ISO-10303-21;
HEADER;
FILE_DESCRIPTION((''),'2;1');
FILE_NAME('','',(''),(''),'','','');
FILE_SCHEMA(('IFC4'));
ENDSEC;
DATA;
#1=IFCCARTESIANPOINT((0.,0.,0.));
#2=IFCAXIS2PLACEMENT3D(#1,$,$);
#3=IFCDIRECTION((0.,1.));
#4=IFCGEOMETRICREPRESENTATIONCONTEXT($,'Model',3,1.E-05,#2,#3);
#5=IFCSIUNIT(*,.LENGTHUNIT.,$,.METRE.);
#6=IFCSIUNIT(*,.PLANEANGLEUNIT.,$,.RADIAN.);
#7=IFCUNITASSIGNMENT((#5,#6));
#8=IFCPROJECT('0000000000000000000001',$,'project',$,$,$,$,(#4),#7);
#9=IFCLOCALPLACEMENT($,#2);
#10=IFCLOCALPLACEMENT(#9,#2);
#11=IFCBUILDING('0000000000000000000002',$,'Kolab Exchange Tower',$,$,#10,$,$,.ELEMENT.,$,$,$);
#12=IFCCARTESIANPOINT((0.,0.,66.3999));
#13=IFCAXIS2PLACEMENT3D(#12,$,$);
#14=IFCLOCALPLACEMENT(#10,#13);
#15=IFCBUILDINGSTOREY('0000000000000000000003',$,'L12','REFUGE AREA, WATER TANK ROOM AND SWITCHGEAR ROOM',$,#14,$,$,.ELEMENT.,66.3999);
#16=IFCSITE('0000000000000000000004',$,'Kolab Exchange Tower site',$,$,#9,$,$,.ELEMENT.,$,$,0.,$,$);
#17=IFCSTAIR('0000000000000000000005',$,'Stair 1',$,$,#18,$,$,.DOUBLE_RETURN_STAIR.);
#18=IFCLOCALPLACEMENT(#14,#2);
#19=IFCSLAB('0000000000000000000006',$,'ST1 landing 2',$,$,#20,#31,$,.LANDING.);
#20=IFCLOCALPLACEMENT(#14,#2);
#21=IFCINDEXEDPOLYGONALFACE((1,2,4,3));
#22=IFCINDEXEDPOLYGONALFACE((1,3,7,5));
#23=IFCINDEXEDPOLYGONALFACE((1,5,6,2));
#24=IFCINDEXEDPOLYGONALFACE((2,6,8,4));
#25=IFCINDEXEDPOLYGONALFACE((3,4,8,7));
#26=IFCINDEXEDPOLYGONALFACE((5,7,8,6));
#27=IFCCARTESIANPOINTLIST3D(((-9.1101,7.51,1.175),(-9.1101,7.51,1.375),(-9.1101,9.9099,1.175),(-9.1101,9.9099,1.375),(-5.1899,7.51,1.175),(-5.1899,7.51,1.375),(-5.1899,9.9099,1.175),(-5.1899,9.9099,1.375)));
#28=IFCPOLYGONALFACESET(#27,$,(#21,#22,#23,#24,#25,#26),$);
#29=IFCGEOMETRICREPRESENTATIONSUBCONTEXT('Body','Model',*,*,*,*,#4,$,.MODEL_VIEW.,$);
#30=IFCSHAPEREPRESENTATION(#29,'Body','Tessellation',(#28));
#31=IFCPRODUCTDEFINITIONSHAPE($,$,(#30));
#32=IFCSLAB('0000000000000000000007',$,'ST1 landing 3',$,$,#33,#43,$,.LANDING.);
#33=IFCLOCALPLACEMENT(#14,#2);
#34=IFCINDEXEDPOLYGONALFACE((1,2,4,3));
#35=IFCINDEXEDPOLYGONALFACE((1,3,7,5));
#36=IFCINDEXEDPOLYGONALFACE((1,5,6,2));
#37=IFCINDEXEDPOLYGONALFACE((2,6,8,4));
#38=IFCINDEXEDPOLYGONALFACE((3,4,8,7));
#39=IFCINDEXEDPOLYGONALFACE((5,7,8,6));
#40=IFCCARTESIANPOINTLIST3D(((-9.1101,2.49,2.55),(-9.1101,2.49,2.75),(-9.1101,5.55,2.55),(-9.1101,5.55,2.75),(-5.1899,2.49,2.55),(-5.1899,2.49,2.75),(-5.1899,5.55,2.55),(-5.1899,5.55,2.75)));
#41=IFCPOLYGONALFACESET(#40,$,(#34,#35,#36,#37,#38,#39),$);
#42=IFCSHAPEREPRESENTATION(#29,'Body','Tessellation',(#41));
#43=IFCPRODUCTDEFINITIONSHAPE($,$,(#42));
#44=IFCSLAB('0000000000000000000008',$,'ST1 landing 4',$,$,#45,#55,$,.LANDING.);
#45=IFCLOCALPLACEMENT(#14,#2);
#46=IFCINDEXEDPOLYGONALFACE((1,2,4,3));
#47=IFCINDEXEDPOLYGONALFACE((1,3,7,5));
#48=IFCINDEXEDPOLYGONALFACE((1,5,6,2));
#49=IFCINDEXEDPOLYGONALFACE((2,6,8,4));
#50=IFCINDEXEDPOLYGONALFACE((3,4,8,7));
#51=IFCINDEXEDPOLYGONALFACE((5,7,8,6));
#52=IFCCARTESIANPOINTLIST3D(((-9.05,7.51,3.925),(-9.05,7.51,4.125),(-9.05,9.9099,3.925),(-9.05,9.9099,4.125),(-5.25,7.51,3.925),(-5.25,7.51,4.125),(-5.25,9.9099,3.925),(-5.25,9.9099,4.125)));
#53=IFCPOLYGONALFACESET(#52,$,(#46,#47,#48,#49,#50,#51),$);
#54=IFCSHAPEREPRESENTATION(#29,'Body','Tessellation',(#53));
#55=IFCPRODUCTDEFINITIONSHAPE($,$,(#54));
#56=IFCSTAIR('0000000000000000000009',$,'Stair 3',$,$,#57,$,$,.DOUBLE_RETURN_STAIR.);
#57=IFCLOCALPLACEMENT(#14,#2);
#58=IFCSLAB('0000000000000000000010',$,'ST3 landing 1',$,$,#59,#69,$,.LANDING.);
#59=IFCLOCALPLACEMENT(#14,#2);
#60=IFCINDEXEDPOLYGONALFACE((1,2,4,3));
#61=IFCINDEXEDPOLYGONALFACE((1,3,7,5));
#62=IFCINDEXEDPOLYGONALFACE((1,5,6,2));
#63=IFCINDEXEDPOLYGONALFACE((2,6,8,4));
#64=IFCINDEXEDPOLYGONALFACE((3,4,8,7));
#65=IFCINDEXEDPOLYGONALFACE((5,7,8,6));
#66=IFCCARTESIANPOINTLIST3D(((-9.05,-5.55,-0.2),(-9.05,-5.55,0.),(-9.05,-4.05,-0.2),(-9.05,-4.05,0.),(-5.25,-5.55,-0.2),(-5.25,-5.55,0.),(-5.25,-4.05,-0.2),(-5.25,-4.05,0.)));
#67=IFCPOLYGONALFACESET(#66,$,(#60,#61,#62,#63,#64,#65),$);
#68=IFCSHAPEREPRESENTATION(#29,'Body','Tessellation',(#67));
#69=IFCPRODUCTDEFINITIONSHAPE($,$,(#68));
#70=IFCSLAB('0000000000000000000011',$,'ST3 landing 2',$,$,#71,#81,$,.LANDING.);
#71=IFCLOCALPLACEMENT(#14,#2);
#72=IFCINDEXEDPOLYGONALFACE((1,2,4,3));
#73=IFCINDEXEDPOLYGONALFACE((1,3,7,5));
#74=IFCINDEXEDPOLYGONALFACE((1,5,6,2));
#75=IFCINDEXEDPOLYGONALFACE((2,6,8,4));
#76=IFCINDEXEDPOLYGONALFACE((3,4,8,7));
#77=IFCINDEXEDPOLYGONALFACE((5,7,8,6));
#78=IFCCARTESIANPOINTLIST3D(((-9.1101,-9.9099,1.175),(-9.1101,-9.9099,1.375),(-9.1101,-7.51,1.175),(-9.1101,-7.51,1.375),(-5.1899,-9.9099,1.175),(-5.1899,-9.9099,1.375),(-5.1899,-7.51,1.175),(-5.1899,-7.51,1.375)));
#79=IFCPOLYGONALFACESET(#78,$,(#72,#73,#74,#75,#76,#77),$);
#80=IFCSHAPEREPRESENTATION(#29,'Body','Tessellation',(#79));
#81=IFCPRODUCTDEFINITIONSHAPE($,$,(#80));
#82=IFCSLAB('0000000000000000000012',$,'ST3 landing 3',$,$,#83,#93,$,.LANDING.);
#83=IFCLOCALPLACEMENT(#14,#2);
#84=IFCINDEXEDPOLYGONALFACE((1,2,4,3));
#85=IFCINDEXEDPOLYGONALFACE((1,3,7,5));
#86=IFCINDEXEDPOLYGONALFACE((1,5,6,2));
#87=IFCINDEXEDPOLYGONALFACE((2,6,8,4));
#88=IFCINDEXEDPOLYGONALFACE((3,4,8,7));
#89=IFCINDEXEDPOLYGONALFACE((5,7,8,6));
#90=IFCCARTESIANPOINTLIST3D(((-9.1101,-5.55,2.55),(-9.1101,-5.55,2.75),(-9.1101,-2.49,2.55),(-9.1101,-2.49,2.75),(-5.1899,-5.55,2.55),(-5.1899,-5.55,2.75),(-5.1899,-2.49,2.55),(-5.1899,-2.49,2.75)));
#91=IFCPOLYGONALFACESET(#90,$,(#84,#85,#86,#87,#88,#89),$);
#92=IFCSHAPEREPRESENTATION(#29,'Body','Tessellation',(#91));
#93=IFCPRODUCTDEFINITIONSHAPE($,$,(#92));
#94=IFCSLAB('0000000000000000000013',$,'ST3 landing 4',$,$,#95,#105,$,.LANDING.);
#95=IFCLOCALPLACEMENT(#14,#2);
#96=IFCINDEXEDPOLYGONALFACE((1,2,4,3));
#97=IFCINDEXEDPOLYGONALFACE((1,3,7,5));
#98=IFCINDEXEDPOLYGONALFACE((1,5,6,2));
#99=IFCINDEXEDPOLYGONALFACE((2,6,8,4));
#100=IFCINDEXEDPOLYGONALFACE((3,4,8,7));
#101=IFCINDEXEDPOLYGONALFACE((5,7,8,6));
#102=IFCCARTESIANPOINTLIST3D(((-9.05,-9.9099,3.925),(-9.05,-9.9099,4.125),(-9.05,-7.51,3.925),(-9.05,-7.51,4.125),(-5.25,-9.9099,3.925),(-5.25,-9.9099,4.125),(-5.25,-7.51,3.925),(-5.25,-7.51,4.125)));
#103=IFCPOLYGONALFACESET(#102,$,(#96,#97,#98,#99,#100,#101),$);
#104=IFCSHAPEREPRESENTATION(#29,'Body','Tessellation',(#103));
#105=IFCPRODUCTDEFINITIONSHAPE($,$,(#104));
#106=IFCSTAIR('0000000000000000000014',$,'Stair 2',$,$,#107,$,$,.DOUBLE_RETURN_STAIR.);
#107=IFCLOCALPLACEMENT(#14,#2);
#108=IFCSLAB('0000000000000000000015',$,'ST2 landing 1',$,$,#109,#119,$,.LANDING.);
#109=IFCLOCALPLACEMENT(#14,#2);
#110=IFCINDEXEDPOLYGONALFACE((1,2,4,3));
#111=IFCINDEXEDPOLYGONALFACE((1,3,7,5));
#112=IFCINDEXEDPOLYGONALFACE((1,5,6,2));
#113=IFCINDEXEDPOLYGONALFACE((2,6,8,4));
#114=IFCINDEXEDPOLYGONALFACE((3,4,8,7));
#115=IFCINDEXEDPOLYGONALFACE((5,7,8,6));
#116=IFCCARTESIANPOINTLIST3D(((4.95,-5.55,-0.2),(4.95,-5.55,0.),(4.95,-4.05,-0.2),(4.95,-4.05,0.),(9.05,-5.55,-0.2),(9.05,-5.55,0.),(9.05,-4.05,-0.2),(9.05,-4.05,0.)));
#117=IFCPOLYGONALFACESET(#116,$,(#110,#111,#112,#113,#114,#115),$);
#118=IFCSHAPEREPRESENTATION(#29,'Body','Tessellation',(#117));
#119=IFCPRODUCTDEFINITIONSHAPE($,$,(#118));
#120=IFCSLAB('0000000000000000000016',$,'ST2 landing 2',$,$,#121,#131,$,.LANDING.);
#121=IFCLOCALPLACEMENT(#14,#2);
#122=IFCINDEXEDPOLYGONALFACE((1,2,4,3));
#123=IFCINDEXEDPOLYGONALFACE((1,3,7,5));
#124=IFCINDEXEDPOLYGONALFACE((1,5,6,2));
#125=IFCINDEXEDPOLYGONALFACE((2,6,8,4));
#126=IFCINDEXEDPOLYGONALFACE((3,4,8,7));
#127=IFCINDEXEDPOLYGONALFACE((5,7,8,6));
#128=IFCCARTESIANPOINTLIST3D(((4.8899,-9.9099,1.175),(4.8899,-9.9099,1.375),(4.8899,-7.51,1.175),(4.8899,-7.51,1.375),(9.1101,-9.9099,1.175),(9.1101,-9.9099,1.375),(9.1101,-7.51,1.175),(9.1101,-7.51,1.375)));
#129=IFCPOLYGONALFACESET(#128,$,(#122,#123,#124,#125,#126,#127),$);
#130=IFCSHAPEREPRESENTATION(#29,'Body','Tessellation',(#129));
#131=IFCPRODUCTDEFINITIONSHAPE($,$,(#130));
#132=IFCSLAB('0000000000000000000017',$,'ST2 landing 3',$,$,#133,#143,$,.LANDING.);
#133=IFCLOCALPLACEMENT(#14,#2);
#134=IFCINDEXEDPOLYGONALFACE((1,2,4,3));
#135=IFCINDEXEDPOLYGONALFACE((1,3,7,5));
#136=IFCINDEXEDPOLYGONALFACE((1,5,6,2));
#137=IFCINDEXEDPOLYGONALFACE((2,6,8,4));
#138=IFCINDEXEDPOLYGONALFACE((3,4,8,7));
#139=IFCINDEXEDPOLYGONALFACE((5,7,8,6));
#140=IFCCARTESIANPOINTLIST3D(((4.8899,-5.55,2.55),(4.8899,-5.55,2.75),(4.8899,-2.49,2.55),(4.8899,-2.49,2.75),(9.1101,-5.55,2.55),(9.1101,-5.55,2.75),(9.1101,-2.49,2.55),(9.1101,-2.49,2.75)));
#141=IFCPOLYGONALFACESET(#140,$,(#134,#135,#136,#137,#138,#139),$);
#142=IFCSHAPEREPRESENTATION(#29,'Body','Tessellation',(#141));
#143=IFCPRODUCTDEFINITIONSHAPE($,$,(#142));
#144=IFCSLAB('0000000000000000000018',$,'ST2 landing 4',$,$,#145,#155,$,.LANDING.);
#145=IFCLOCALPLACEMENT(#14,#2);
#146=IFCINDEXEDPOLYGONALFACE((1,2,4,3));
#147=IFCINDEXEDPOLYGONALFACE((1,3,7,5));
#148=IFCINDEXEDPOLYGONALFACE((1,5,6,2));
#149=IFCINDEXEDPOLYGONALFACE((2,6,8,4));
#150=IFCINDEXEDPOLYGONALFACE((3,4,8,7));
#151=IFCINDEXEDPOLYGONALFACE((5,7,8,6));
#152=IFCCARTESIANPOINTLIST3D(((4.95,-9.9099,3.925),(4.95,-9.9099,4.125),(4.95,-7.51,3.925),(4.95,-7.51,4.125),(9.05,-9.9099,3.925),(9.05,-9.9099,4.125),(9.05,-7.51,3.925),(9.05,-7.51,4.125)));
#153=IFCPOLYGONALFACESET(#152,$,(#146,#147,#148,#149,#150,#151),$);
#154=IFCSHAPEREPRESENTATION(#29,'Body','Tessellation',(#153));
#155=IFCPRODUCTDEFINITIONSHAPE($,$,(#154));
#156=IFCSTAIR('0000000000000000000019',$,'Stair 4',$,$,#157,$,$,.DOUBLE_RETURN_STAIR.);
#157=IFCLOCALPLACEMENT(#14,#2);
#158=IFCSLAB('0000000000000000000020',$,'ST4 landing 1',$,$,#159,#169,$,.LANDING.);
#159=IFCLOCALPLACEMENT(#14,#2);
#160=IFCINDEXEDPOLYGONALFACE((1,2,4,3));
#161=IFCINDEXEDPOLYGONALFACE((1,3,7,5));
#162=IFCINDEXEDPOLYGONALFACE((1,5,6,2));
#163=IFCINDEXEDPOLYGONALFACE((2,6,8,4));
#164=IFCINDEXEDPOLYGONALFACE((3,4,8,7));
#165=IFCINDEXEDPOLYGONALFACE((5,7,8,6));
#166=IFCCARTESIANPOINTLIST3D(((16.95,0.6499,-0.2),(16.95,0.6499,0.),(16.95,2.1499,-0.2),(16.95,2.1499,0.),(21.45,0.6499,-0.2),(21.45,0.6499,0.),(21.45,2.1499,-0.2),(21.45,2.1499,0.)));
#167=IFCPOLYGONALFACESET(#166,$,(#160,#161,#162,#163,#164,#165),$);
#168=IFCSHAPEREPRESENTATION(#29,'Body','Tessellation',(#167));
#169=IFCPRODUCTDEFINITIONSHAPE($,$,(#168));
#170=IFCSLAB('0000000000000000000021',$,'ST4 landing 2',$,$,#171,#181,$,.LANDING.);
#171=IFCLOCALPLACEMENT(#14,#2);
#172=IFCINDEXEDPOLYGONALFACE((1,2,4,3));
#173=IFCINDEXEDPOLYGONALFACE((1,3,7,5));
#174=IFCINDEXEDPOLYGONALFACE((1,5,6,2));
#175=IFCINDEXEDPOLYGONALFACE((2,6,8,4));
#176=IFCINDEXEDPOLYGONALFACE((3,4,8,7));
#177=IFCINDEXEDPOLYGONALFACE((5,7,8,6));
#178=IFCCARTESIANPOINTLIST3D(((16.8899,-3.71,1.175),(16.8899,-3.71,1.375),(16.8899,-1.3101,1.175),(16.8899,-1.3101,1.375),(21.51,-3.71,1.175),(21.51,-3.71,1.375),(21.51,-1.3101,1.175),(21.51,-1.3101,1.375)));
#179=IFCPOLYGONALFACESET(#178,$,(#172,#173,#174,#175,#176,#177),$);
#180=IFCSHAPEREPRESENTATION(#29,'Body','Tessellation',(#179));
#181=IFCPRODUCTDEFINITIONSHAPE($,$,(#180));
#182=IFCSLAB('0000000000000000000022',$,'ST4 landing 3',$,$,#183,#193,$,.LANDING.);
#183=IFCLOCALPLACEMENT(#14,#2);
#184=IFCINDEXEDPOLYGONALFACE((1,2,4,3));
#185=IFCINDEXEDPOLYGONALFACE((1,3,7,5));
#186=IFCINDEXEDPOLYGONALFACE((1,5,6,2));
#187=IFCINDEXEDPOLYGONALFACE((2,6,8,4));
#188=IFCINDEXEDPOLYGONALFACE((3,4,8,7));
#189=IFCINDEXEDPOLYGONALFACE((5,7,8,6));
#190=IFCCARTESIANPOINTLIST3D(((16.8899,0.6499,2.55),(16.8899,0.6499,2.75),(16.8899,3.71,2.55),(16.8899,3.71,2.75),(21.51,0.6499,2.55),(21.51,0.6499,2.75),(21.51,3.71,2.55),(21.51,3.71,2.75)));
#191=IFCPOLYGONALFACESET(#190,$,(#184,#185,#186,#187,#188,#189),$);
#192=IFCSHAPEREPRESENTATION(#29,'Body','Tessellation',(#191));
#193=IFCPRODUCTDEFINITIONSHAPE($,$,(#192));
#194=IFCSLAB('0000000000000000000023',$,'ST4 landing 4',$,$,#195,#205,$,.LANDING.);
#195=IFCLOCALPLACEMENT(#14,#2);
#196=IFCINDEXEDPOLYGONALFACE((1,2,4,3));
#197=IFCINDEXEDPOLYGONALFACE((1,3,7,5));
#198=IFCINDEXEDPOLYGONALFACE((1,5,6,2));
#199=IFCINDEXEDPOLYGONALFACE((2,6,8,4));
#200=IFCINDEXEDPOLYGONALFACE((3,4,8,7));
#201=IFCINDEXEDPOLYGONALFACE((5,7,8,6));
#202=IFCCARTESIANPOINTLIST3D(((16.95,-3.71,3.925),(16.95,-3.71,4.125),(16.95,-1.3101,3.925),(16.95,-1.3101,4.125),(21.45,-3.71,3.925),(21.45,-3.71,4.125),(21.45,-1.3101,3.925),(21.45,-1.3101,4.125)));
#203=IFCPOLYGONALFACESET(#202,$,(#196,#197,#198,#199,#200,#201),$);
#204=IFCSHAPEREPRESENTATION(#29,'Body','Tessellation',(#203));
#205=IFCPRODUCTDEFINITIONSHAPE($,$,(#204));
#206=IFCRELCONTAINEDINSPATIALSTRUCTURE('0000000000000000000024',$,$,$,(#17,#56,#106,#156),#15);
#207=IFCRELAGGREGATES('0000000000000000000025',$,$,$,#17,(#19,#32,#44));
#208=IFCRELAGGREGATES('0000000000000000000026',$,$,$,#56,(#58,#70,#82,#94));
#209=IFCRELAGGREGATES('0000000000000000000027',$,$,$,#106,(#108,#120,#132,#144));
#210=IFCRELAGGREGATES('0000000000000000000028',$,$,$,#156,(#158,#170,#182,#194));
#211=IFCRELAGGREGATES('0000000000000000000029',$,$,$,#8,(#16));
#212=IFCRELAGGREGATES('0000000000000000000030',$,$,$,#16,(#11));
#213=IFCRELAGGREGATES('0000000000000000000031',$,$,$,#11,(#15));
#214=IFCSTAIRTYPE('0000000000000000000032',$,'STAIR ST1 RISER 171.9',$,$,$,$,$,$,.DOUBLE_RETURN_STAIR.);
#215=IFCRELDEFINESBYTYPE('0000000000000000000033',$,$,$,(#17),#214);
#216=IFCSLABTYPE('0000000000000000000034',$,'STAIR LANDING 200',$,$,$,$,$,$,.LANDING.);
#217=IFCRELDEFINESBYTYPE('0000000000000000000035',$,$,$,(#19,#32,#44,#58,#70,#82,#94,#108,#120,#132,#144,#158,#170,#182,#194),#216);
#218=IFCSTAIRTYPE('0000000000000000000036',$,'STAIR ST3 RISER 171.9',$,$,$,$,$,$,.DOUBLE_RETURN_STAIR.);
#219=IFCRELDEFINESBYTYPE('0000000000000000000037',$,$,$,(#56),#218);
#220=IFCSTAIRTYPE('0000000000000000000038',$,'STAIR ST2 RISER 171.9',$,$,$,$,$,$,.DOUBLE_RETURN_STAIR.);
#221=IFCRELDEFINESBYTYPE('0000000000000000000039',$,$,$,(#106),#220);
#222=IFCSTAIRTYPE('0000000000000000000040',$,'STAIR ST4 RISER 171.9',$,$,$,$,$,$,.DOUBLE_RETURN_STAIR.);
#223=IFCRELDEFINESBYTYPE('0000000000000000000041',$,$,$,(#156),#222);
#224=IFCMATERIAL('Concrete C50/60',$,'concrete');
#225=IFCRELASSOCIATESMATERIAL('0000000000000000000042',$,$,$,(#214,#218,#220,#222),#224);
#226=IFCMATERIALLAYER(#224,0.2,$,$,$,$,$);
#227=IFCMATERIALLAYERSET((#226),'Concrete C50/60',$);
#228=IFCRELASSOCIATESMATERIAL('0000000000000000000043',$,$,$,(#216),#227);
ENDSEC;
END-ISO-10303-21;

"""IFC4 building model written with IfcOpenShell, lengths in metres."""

from ifc_helpers import new_model, si_unit, direction, frame, origin, place, context, subcontext, project, spatial, polyline, outline, extrude, material, layer, layer_set, type_object, element, aggregate, save


model = new_model("IFC4")

# Units and contexts
model_context = context("Model", 3, precision=1e-05, world=origin(), true_north=direction((0.0, 1.0)))
body_context = subcontext(model_context, "Body", "Model", "MODEL_VIEW")
ifc_project = project(units=[si_unit("LENGTHUNIT", "METRE"), si_unit("PLANEANGLEUNIT", "RADIAN")], contexts=[model_context])

# Site, building, storey
site_placement = place(None, origin())
site = spatial("IfcSite", under=ifc_project, at=site_placement, Name="Kolab Exchange Tower site", CompositionType="ELEMENT", RefElevation=0.0)
building_placement = place(site_placement, origin())
building = spatial("IfcBuilding", under=site, at=building_placement, Name="Kolab Exchange Tower", CompositionType="ELEMENT")
storey_placement = place(building_placement, frame((0.0, 0.0, 66.3999)))
storey = spatial("IfcBuildingStorey", under=building, at=storey_placement, Name="L12", Description="REFUGE AREA, WATER TANK ROOM AND SWITCHGEAR ROOM", CompositionType="ELEMENT", Elevation=66.3999)

# Stairs, slabs
ifc_material = material(Name="Concrete C50/60", Category="concrete")
stair_type_1 = type_object("IfcStairType", Name="STAIR ST1 RISER 171.9", PredefinedType="DOUBLE_RETURN_STAIR", material=ifc_material)
stair_1_placement = place(storey_placement, origin())
stair_1 = element("IfcStair", 1, at=stair_1_placement, inside=storey, type_object=stair_type_1, Name="Stair 1", PredefinedType="DOUBLE_RETURN_STAIR")
ifc_layer_1 = layer(ifc_material, 0.2)
ifc_layer_set_1 = layer_set([ifc_layer_1], Name="Concrete C50/60")
slab_type = type_object("IfcSlabType", Name="STAIR LANDING 200", PredefinedType="LANDING", material=ifc_layer_set_1)
slab_1_placement = place(storey_placement, frame((0.0, 0.0, 1.175)))
slab_1 = element("IfcSlab", 2, at=slab_1_placement, type_object=slab_type, Name="ST1 landing 2", PredefinedType="LANDING", context=body_context, shape_type="SweptSolid", body=[
    extrude(outline(polyline([(-9.1101, 7.51), (-5.1899, 7.51), (-5.1899, 9.9099), (-9.1101, 9.9099), (-9.1101, 7.51)])), origin(), (0.0, 0.0, 1.0), 0.2),
])
slab_2_placement = place(storey_placement, frame((0.0, 0.0, 2.55)))
slab_2 = element("IfcSlab", 3, at=slab_2_placement, type_object=slab_type, Name="ST1 landing 3", PredefinedType="LANDING", context=body_context, shape_type="SweptSolid", body=[
    extrude(outline(polyline([(-9.1101, 2.49), (-5.1899, 2.49), (-5.1899, 5.55), (-9.1101, 5.55), (-9.1101, 2.49)])), origin(), (0.0, 0.0, 1.0), 0.2),
])
slab_3_placement = place(storey_placement, frame((0.0, 0.0, 3.925)))
slab_3 = element("IfcSlab", 4, at=slab_3_placement, type_object=slab_type, Name="ST1 landing 4", PredefinedType="LANDING", context=body_context, shape_type="SweptSolid", body=[
    extrude(outline(polyline([(-9.05, 7.51), (-5.25, 7.51), (-5.25, 9.9099), (-9.05, 9.9099), (-9.05, 7.51)])), origin(), (0.0, 0.0, 1.0), 0.2),
])
aggregate(stair_1, [slab_1, slab_2, slab_3])
stair_type_2 = type_object("IfcStairType", Name="STAIR ST3 RISER 171.9", PredefinedType="DOUBLE_RETURN_STAIR", material=ifc_material)
stair_2_placement = place(storey_placement, origin())
stair_2 = element("IfcStair", 5, at=stair_2_placement, inside=storey, type_object=stair_type_2, Name="Stair 3", PredefinedType="DOUBLE_RETURN_STAIR")
slab_4_placement = place(storey_placement, frame((0.0, 0.0, -0.2)))
slab_4 = element("IfcSlab", 6, at=slab_4_placement, type_object=slab_type, Name="ST3 landing 1", PredefinedType="LANDING", context=body_context, shape_type="SweptSolid", body=[
    extrude(outline(polyline([(-9.05, -5.55), (-5.25, -5.55), (-5.25, -4.05), (-9.05, -4.05), (-9.05, -5.55)])), origin(), (0.0, 0.0, 1.0), 0.2),
])
slab_5_placement = place(storey_placement, frame((0.0, 0.0, 1.175)))
slab_5 = element("IfcSlab", 7, at=slab_5_placement, type_object=slab_type, Name="ST3 landing 2", PredefinedType="LANDING", context=body_context, shape_type="SweptSolid", body=[
    extrude(outline(polyline([(-9.1101, -9.9099), (-5.1899, -9.9099), (-5.1899, -7.51), (-9.1101, -7.51), (-9.1101, -9.9099)])), origin(), (0.0, 0.0, 1.0), 0.2),
])
slab_6_placement = place(storey_placement, frame((0.0, 0.0, 2.55)))
slab_6 = element("IfcSlab", 8, at=slab_6_placement, type_object=slab_type, Name="ST3 landing 3", PredefinedType="LANDING", context=body_context, shape_type="SweptSolid", body=[
    extrude(outline(polyline([(-9.1101, -5.55), (-5.1899, -5.55), (-5.1899, -2.49), (-9.1101, -2.49), (-9.1101, -5.55)])), origin(), (0.0, 0.0, 1.0), 0.2),
])
slab_7_placement = place(storey_placement, frame((0.0, 0.0, 3.925)))
slab_7 = element("IfcSlab", 9, at=slab_7_placement, type_object=slab_type, Name="ST3 landing 4", PredefinedType="LANDING", context=body_context, shape_type="SweptSolid", body=[
    extrude(outline(polyline([(-9.05, -9.9099), (-5.25, -9.9099), (-5.25, -7.51), (-9.05, -7.51), (-9.05, -9.9099)])), origin(), (0.0, 0.0, 1.0), 0.2),
])
aggregate(stair_2, [slab_4, slab_5, slab_6, slab_7])
stair_type_3 = type_object("IfcStairType", Name="STAIR ST2 RISER 171.9", PredefinedType="DOUBLE_RETURN_STAIR", material=ifc_material)
stair_3_placement = place(storey_placement, origin())
stair_3 = element("IfcStair", 10, at=stair_3_placement, inside=storey, type_object=stair_type_3, Name="Stair 2", PredefinedType="DOUBLE_RETURN_STAIR")
slab_8_placement = place(storey_placement, frame((0.0, 0.0, -0.2)))
slab_8 = element("IfcSlab", 11, at=slab_8_placement, type_object=slab_type, Name="ST2 landing 1", PredefinedType="LANDING", context=body_context, shape_type="SweptSolid", body=[
    extrude(outline(polyline([(4.95, -5.55), (9.05, -5.55), (9.05, -4.05), (4.95, -4.05), (4.95, -5.55)])), origin(), (0.0, 0.0, 1.0), 0.2),
])
slab_9_placement = place(storey_placement, frame((0.0, 0.0, 1.175)))
slab_9 = element("IfcSlab", 12, at=slab_9_placement, type_object=slab_type, Name="ST2 landing 2", PredefinedType="LANDING", context=body_context, shape_type="SweptSolid", body=[
    extrude(outline(polyline([(4.8899, -9.9099), (9.1101, -9.9099), (9.1101, -7.51), (4.8899, -7.51), (4.8899, -9.9099)])), origin(), (0.0, 0.0, 1.0), 0.2),
])
slab_10_placement = place(storey_placement, frame((0.0, 0.0, 2.55)))
slab_10 = element("IfcSlab", 13, at=slab_10_placement, type_object=slab_type, Name="ST2 landing 3", PredefinedType="LANDING", context=body_context, shape_type="SweptSolid", body=[
    extrude(outline(polyline([(4.8899, -5.55), (9.1101, -5.55), (9.1101, -2.49), (4.8899, -2.49), (4.8899, -5.55)])), origin(), (0.0, 0.0, 1.0), 0.2),
])
slab_11_placement = place(storey_placement, frame((0.0, 0.0, 3.925)))
slab_11 = element("IfcSlab", 14, at=slab_11_placement, type_object=slab_type, Name="ST2 landing 4", PredefinedType="LANDING", context=body_context, shape_type="SweptSolid", body=[
    extrude(outline(polyline([(4.95, -9.9099), (9.05, -9.9099), (9.05, -7.51), (4.95, -7.51), (4.95, -9.9099)])), origin(), (0.0, 0.0, 1.0), 0.2),
])
aggregate(stair_3, [slab_8, slab_9, slab_10, slab_11])
stair_type_4 = type_object("IfcStairType", Name="STAIR ST4 RISER 171.9", PredefinedType="DOUBLE_RETURN_STAIR", material=ifc_material)
stair_4_placement = place(storey_placement, origin())
stair_4 = element("IfcStair", 15, at=stair_4_placement, inside=storey, type_object=stair_type_4, Name="Stair 4", PredefinedType="DOUBLE_RETURN_STAIR")
slab_12_placement = place(storey_placement, frame((0.0, 0.0, -0.2)))
slab_12 = element("IfcSlab", 16, at=slab_12_placement, type_object=slab_type, Name="ST4 landing 1", PredefinedType="LANDING", context=body_context, shape_type="SweptSolid", body=[
    extrude(outline(polyline([(16.95, 0.6499), (21.45, 0.6499), (21.45, 2.1499), (16.95, 2.1499), (16.95, 0.6499)])), origin(), (0.0, 0.0, 1.0), 0.2),
])
slab_13_placement = place(storey_placement, frame((0.0, 0.0, 1.175)))
slab_13 = element("IfcSlab", 17, at=slab_13_placement, type_object=slab_type, Name="ST4 landing 2", PredefinedType="LANDING", context=body_context, shape_type="SweptSolid", body=[
    extrude(outline(polyline([(16.8899, -3.71), (21.51, -3.71), (21.51, -1.3101), (16.8899, -1.3101), (16.8899, -3.71)])), origin(), (0.0, 0.0, 1.0), 0.2),
])
slab_14_placement = place(storey_placement, frame((0.0, 0.0, 2.55)))
slab_14 = element("IfcSlab", 18, at=slab_14_placement, type_object=slab_type, Name="ST4 landing 3", PredefinedType="LANDING", context=body_context, shape_type="SweptSolid", body=[
    extrude(outline(polyline([(16.8899, 0.6499), (21.51, 0.6499), (21.51, 3.71), (16.8899, 3.71), (16.8899, 0.6499)])), origin(), (0.0, 0.0, 1.0), 0.2),
])
slab_15_placement = place(storey_placement, frame((0.0, 0.0, 3.925)))
slab_15 = element("IfcSlab", 19, at=slab_15_placement, type_object=slab_type, Name="ST4 landing 4", PredefinedType="LANDING", context=body_context, shape_type="SweptSolid", body=[
    extrude(outline(polyline([(16.95, -3.71), (21.45, -3.71), (21.45, -1.3101), (16.95, -1.3101), (16.95, -3.71)])), origin(), (0.0, 0.0, 1.0), 0.2),
])
aggregate(stair_4, [slab_12, slab_13, slab_14, slab_15])

save(model, "model.ifc")
